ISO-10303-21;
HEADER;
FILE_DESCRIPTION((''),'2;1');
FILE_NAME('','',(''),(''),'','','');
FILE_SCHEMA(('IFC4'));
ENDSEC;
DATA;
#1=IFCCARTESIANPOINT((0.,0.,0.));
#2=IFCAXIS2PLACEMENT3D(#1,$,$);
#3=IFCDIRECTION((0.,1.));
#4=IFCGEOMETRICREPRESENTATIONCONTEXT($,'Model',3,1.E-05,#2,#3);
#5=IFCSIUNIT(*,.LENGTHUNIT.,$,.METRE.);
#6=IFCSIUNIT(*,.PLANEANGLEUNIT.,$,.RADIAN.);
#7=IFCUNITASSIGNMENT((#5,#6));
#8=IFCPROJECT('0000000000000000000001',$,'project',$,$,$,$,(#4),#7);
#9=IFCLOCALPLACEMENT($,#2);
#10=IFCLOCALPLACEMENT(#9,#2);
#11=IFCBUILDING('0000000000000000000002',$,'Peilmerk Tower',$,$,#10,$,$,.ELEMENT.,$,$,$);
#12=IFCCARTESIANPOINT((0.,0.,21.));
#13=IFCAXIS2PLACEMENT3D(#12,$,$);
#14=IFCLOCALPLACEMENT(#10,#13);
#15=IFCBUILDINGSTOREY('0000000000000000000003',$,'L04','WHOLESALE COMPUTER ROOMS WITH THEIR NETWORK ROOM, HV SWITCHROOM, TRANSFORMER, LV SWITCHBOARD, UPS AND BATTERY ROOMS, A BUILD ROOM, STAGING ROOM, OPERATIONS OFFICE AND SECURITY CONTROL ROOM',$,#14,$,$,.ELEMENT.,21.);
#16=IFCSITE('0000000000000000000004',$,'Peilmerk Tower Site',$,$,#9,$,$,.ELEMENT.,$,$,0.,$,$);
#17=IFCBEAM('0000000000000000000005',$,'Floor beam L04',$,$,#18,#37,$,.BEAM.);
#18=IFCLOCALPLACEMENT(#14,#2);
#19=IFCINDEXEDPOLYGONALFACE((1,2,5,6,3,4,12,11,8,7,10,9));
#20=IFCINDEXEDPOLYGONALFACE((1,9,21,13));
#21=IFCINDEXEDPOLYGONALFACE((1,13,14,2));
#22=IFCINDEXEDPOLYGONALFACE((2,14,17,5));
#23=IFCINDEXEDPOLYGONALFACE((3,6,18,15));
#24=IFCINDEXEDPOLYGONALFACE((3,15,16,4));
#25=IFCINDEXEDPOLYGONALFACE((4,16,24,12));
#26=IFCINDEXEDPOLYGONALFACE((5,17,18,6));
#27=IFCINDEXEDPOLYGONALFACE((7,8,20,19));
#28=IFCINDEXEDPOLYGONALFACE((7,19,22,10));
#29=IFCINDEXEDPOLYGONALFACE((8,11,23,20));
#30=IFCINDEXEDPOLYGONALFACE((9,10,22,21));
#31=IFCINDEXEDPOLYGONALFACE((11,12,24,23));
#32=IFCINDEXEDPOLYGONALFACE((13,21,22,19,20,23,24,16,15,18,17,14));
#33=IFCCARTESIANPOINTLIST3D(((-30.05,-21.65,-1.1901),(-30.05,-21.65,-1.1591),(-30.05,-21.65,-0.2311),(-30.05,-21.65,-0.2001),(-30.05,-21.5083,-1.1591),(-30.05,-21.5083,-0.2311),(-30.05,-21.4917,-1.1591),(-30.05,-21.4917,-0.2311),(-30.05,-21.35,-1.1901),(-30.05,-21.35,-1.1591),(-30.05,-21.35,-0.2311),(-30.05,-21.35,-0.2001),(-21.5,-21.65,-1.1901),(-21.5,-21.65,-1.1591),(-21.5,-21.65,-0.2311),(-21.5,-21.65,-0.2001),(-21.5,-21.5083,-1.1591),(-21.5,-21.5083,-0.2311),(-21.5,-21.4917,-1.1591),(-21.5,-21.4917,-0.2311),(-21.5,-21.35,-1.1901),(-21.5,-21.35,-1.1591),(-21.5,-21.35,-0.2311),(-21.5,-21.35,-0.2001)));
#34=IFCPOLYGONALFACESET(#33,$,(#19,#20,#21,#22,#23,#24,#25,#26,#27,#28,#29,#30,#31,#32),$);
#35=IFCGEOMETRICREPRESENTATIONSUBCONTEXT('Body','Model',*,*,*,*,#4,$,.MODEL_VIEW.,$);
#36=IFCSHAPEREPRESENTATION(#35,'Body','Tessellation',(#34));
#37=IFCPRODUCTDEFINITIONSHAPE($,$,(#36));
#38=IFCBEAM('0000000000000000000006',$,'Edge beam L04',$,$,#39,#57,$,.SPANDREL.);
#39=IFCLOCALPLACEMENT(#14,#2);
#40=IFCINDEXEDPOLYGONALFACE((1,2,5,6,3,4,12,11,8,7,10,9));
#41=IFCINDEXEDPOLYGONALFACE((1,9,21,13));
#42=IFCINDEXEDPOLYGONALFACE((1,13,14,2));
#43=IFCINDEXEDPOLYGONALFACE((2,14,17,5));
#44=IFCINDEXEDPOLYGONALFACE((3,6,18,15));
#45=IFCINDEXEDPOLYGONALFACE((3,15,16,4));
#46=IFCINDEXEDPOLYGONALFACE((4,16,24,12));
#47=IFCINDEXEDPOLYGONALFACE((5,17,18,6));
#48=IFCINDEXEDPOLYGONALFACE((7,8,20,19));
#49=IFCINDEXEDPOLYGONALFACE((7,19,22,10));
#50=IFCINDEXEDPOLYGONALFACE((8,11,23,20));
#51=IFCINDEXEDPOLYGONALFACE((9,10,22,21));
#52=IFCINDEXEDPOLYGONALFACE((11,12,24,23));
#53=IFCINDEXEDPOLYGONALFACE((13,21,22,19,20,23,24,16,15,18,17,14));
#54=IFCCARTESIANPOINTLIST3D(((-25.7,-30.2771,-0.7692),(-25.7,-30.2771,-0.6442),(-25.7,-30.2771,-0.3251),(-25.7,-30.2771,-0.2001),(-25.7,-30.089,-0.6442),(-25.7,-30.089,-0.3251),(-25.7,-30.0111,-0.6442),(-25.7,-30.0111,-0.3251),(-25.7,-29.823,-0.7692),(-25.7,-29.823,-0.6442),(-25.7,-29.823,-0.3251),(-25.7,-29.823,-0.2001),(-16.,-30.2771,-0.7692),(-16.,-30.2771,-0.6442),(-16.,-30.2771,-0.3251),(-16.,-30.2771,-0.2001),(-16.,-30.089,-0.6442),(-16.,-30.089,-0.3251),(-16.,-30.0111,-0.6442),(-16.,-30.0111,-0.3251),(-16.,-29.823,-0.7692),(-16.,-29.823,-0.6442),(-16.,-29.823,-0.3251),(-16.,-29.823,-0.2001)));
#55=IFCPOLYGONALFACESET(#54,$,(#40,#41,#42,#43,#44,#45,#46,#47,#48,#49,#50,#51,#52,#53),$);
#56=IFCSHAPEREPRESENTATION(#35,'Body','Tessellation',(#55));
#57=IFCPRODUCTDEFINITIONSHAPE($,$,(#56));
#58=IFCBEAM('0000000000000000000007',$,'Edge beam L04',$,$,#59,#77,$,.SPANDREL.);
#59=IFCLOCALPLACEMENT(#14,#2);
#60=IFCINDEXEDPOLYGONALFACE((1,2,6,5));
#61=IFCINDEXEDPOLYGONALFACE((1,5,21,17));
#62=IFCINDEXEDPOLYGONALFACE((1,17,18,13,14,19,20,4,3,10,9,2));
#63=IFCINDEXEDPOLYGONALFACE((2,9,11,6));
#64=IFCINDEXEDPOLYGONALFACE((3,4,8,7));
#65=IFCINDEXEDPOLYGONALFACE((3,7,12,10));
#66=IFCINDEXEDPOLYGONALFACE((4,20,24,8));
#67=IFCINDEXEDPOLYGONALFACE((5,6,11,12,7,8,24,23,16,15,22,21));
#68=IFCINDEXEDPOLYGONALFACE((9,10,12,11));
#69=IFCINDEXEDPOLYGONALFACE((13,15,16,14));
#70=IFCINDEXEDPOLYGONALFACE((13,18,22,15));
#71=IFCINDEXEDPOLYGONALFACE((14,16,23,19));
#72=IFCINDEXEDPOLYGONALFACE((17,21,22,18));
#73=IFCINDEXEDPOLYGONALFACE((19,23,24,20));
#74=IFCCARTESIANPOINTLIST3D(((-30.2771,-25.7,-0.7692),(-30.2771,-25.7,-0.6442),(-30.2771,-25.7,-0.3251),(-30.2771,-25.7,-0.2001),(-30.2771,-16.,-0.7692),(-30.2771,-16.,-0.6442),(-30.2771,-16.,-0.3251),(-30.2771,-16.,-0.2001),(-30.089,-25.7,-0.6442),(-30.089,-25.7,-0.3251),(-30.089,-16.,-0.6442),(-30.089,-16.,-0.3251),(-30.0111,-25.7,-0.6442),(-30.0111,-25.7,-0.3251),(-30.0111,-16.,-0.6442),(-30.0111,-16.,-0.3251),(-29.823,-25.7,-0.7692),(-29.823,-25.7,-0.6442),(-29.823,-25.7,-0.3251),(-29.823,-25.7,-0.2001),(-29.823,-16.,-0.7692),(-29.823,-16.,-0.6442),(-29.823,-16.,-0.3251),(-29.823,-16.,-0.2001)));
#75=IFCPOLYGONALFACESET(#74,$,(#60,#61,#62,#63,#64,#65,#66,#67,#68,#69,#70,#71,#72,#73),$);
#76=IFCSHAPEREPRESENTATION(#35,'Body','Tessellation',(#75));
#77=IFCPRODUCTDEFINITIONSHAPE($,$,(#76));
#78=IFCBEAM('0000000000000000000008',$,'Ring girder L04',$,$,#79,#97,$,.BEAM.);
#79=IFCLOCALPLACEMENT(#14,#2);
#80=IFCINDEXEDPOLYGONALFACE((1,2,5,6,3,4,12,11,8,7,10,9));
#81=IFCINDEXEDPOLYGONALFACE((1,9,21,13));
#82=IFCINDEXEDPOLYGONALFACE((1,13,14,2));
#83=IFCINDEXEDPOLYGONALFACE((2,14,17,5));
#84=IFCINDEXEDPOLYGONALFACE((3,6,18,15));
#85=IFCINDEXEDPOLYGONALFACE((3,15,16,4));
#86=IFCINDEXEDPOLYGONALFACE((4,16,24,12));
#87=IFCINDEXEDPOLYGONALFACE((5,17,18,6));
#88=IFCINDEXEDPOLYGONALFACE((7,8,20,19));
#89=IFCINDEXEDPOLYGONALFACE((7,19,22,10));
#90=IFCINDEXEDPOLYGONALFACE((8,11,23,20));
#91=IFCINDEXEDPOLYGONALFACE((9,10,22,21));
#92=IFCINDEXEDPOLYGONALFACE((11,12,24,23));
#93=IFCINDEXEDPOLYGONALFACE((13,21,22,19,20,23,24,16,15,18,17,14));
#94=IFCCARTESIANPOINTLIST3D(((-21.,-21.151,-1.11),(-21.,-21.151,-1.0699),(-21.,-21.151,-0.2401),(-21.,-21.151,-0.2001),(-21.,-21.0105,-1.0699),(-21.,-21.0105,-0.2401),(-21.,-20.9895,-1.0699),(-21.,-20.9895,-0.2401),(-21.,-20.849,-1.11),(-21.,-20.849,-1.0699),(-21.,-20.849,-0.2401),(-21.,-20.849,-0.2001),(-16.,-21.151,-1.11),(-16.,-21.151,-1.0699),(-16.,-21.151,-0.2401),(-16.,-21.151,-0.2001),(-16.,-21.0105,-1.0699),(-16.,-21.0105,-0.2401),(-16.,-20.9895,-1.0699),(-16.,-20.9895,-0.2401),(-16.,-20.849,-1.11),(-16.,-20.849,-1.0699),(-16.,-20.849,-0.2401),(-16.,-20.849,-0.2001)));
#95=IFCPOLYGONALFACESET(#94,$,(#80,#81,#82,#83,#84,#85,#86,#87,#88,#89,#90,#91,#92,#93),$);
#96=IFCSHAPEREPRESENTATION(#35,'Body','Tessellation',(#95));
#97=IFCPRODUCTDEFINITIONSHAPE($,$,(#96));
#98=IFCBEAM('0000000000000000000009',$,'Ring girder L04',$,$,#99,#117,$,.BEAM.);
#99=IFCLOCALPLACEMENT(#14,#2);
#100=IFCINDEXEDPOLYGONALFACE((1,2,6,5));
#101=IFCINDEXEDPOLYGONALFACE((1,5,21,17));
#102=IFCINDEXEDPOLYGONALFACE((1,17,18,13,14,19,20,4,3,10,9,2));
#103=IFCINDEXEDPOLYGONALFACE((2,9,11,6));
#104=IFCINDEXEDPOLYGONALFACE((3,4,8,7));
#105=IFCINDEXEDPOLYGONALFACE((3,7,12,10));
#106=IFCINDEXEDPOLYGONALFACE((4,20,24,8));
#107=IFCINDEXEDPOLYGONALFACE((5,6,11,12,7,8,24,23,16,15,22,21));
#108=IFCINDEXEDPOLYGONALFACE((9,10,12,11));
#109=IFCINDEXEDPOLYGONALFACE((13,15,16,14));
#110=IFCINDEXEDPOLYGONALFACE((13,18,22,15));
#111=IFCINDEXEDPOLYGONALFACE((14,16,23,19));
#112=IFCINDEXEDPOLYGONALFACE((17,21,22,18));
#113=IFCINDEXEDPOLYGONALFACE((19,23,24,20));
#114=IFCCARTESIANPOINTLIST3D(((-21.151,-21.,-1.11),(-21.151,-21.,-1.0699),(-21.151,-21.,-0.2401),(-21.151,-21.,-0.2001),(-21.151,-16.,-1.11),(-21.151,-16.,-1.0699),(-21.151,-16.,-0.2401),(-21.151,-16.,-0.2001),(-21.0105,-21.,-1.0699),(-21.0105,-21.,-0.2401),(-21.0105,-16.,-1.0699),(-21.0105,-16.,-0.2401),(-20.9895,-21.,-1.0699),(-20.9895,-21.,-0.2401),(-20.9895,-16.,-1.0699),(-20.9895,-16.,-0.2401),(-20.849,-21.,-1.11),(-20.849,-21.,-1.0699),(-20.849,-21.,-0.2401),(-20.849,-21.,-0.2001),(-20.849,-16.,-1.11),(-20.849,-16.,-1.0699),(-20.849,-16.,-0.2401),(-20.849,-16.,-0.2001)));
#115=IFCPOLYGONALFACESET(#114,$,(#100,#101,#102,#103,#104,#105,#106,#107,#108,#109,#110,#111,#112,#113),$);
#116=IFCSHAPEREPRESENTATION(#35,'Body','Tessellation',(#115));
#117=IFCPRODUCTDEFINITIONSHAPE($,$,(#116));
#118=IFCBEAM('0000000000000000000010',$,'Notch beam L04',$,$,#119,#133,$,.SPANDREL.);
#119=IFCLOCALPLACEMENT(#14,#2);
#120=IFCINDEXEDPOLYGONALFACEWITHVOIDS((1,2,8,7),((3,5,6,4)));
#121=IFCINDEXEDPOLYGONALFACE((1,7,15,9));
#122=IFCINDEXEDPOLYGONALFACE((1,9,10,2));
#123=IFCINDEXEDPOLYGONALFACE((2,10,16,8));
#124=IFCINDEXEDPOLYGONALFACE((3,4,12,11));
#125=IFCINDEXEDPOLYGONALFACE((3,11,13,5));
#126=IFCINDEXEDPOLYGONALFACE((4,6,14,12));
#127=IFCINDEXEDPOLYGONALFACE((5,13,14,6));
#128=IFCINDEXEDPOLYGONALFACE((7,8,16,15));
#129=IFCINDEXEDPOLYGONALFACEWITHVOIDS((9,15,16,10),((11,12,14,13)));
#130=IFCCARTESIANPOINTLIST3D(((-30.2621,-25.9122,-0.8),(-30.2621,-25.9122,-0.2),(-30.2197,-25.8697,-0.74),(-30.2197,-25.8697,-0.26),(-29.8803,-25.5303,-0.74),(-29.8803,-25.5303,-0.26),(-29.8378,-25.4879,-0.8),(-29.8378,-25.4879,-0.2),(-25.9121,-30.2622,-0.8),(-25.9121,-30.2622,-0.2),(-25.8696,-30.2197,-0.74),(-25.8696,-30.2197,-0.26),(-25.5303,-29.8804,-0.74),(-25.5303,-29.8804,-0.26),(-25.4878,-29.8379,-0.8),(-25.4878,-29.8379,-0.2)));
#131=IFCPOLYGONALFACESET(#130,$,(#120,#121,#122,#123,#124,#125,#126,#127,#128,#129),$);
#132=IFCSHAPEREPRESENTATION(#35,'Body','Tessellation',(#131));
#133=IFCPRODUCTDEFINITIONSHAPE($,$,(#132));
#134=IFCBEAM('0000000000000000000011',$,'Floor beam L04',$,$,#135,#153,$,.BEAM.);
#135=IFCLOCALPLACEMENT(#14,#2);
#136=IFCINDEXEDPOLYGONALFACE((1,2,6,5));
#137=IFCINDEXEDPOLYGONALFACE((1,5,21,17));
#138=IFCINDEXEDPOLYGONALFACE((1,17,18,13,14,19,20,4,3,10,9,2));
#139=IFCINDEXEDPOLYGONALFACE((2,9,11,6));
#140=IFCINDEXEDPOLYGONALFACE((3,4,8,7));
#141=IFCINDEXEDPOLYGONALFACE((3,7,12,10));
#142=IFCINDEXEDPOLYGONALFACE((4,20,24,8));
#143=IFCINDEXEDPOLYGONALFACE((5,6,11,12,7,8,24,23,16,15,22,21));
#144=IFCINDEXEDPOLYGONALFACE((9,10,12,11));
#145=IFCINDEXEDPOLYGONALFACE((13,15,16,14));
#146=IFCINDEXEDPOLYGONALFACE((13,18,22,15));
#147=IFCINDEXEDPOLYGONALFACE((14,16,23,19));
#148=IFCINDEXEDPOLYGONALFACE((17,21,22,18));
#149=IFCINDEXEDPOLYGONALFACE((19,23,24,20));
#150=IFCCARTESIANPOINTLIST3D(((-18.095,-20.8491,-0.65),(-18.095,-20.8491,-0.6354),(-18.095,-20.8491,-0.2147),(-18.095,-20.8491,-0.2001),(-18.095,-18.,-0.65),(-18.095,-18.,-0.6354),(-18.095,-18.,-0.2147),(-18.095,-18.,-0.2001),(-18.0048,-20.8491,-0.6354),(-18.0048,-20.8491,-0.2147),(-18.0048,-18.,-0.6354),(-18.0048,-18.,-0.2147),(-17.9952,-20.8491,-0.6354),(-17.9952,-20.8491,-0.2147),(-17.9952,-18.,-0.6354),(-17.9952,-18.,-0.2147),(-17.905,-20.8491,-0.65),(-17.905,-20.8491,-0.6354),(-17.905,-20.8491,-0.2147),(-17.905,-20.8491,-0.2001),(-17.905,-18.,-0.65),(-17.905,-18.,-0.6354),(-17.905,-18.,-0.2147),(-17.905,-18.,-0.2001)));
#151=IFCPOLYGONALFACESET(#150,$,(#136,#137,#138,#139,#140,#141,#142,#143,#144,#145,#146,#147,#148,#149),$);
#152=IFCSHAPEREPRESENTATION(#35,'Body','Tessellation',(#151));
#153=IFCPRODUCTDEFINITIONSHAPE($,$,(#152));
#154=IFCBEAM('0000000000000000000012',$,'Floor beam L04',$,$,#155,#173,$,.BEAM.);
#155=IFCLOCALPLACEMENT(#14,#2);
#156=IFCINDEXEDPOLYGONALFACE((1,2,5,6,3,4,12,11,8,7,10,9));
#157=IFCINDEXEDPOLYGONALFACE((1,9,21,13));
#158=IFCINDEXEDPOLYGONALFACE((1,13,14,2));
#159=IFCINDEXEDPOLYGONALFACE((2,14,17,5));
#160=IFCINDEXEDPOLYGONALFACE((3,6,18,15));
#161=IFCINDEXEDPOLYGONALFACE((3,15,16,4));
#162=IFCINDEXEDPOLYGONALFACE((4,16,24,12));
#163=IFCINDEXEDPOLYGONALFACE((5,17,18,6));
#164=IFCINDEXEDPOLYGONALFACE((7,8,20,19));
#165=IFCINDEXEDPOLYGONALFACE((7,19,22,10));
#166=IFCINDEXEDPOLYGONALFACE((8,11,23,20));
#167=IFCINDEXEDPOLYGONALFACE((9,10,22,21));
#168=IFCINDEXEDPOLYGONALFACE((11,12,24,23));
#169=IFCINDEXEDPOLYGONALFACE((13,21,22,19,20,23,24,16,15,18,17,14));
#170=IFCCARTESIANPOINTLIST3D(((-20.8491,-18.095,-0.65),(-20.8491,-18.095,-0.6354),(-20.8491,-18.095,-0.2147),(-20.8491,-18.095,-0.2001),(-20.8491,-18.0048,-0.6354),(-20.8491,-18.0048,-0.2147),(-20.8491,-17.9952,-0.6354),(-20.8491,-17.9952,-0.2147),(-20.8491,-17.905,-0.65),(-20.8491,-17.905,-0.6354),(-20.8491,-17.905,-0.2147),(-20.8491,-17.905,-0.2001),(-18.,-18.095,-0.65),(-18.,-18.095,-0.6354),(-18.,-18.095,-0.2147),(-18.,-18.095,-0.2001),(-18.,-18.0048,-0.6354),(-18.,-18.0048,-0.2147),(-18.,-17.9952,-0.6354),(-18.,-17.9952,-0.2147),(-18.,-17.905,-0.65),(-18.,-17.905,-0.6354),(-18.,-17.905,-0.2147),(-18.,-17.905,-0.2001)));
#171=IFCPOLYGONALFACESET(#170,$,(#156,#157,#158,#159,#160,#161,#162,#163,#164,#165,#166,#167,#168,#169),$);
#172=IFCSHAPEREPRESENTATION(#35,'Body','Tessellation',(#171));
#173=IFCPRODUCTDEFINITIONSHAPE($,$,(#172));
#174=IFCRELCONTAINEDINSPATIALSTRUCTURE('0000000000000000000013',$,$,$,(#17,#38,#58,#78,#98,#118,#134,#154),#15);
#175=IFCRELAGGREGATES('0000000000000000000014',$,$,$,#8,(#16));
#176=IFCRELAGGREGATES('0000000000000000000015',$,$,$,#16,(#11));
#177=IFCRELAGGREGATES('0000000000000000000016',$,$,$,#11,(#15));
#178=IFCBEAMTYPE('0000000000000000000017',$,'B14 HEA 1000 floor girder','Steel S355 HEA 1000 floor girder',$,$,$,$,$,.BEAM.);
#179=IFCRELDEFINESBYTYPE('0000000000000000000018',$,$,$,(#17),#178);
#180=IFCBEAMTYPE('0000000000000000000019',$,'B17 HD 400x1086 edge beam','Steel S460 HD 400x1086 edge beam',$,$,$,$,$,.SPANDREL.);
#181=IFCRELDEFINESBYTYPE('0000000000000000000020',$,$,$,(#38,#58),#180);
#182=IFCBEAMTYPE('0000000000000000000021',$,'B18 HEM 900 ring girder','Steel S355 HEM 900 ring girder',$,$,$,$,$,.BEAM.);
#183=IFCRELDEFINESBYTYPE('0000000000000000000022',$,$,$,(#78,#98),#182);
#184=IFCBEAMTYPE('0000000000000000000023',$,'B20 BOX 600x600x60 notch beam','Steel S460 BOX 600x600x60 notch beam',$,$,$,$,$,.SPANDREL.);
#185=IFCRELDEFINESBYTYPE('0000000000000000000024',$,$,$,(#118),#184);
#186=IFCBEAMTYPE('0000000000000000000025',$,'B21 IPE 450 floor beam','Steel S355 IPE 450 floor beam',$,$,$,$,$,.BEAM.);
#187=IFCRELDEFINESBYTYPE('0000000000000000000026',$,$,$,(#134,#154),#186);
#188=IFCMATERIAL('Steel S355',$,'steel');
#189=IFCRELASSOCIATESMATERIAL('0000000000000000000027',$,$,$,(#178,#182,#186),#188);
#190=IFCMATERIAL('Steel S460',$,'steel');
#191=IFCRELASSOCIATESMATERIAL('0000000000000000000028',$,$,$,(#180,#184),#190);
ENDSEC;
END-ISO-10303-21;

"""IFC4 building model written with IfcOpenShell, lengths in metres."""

from ifc_helpers import new_model, si_unit, direction, frame, origin, origin_2d, place, context, subcontext, project, spatial, hollow_rectangle, i_section, extrude, material, material_profile, profile_set, type_object, element, save


model = new_model("IFC4")

# Units and contexts
model_context = context("Model", 3, precision=1e-05, world=origin(), true_north=direction((0.0, 1.0)))
body_context = subcontext(model_context, "Body", "Model", "MODEL_VIEW")
ifc_project = project(units=[si_unit("LENGTHUNIT", "METRE"), si_unit("PLANEANGLEUNIT", "RADIAN")], contexts=[model_context])

# Site, building, storey
site_placement = place(None, origin())
site = spatial("IfcSite", under=ifc_project, at=site_placement, Name="Peilmerk Tower Site", CompositionType="ELEMENT", RefElevation=0.0)
building_placement = place(site_placement, origin())
building = spatial("IfcBuilding", under=site, at=building_placement, Name="Peilmerk Tower", CompositionType="ELEMENT")
storey_placement = place(building_placement, frame((0.0, 0.0, 21.0)))
storey = spatial("IfcBuildingStorey", under=building, at=storey_placement, Name="L04", Description="WHOLESALE COMPUTER ROOMS WITH THEIR NETWORK ROOM, HV SWITCHROOM, TRANSFORMER, LV SWITCHBOARD, UPS AND BATTERY ROOMS, A BUILD ROOM, STAGING ROOM, OPERATIONS OFFICE AND SECURITY CONTROL ROOM", CompositionType="ELEMENT", Elevation=21.0)

# Beams
ifc_material_1 = material(Name="Steel S355", Category="steel")
ifc_material_profile_1 = material_profile(ifc_material_1, i_section(OverallWidth=0.3, OverallDepth=0.99, WebThickness=0.0166, FlangeThickness=0.031, at=origin_2d()), Name="HEA 1000")
ifc_profile_set_1 = profile_set([ifc_material_profile_1], Name="Steel S355")
beam_type_1 = type_object("IfcBeamType", Name="B14 HEA 1000 floor girder", Description="Steel S355 HEA 1000 floor girder", PredefinedType="BEAM", material=ifc_profile_set_1)
for number, where, z_axis, x_axis, name in (
    (1, (-21.5, -21.5, -0.6951), (-1.0, 0.0, 0.0), (0.0, -1.0, 0.0), "Floor beam L04"),
):
    element("IfcBeam", number, at=place(storey_placement, frame(where, z_axis=z_axis, x_axis=x_axis)), inside=storey, type_object=beam_type_1, Name=name, PredefinedType="BEAM", context=body_context, shape_type="SweptSolid", body=[
        extrude(i_section(OverallWidth=0.3, OverallDepth=0.99, WebThickness=0.0166, FlangeThickness=0.031, at=origin_2d()), origin(), (0.0, 0.0, 1.0), 8.55),
    ])
ifc_material_2 = material(Name="Steel S460", Category="steel")
ifc_material_profile_2 = material_profile(ifc_material_2, i_section(OverallWidth=0.4541, OverallDepth=0.5691, WebThickness=0.0779, FlangeThickness=0.125, at=origin_2d()), Name="HD 400x1086")
ifc_profile_set_2 = profile_set([ifc_material_profile_2], Name="Steel S460")
beam_type_2 = type_object("IfcBeamType", Name="B17 HD 400x1086 edge beam", Description="Steel S460 HD 400x1086 edge beam", PredefinedType="SPANDREL", material=ifc_profile_set_2)
for number, where, z_axis, x_axis, name in (
    (2, (-25.7, -30.05, -0.4846), (1.0, 0.0, 0.0), (0.0, 1.0, 0.0), "Edge beam L04"),
    (3, (-30.05, -16.0, -0.4846), (0.0, -1.0, 0.0), (1.0, 0.0, 0.0), "Edge beam L04"),
):
    element("IfcBeam", number, at=place(storey_placement, frame(where, z_axis=z_axis, x_axis=x_axis)), inside=storey, type_object=beam_type_2, Name=name, PredefinedType="SPANDREL", context=body_context, shape_type="SweptSolid", body=[
        extrude(i_section(OverallWidth=0.4541, OverallDepth=0.5691, WebThickness=0.0779, FlangeThickness=0.125, at=origin_2d()), origin(), (0.0, 0.0, 1.0), 9.7),
    ])
ifc_material_profile_3 = material_profile(ifc_material_1, i_section(OverallWidth=0.302, OverallDepth=0.9099, WebThickness=0.021, FlangeThickness=0.04, at=origin_2d()), Name="HEM 900")
ifc_profile_set_3 = profile_set([ifc_material_profile_3], Name="Steel S355")
beam_type_3 = type_object("IfcBeamType", Name="B18 HEM 900 ring girder", Description="Steel S355 HEM 900 ring girder", PredefinedType="BEAM", material=ifc_profile_set_3)
for number, where, z_axis, x_axis, name in (
    (4, (-21.0, -21.0, -0.655), (1.0, 0.0, 0.0), (0.0, 1.0, 0.0), "Ring girder L04"),
    (5, (-21.0, -16.0, -0.655), (0.0, -1.0, 0.0), (1.0, 0.0, 0.0), "Ring girder L04"),
):
    element("IfcBeam", number, at=place(storey_placement, frame(where, z_axis=z_axis, x_axis=x_axis)), inside=storey, type_object=beam_type_3, Name=name, PredefinedType="BEAM", context=body_context, shape_type="SweptSolid", body=[
        extrude(i_section(OverallWidth=0.302, OverallDepth=0.9099, WebThickness=0.021, FlangeThickness=0.04, at=origin_2d()), origin(), (0.0, 0.0, 1.0), 5.0),
    ])
ifc_material_profile_4 = material_profile(ifc_material_2, hollow_rectangle(XDim=0.6001, YDim=0.6001, WallThickness=0.0601, at=origin_2d()), Name="BOX 600x600x60")
ifc_profile_set_4 = profile_set([ifc_material_profile_4], Name="Steel S460")
beam_type_4 = type_object("IfcBeamType", Name="B20 BOX 600x600x60 notch beam", Description="Steel S460 BOX 600x600x60 notch beam", PredefinedType="SPANDREL", material=ifc_profile_set_4)
beam_1_placement = place(storey_placement, frame((-25.7, -30.05, -0.5), z_axis=(-0.707107, 0.707107, 0.0), x_axis=(-0.707107, -0.707107, 0.0)))
element("IfcBeam", 6, at=beam_1_placement, inside=storey, type_object=beam_type_4, Name="Notch beam L04", PredefinedType="SPANDREL", context=body_context, shape_type="SweptSolid", body=[
    extrude(hollow_rectangle(XDim=0.6001, YDim=0.6001, WallThickness=0.0601, at=origin_2d()), origin(), (0.0, 0.0, 1.0), 6.1519),
])
ifc_material_profile_5 = material_profile(ifc_material_1, i_section(OverallWidth=0.1899, OverallDepth=0.45, WebThickness=0.0095, FlangeThickness=0.0146, at=origin_2d()), Name="IPE 450")
ifc_profile_set_5 = profile_set([ifc_material_profile_5], Name="Steel S355")
beam_type_5 = type_object("IfcBeamType", Name="B21 IPE 450 floor beam", Description="Steel S355 IPE 450 floor beam", PredefinedType="BEAM", material=ifc_profile_set_5)
for number, where, z_axis, x_axis, name in (
    (7, (-18.0, -18.0, -0.425), (0.0, -1.0, 0.0), (1.0, 0.0, 0.0), "Floor beam L04"),
    (8, (-18.0, -18.0, -0.425), (-1.0, 0.0, 0.0), (0.0, -1.0, 0.0), "Floor beam L04"),
):
    element("IfcBeam", number, at=place(storey_placement, frame(where, z_axis=z_axis, x_axis=x_axis)), inside=storey, type_object=beam_type_5, Name=name, PredefinedType="BEAM", context=body_context, shape_type="SweptSolid", body=[
        extrude(i_section(OverallWidth=0.1899, OverallDepth=0.45, WebThickness=0.0095, FlangeThickness=0.0146, at=origin_2d()), origin(), (0.0, 0.0, 1.0), 2.8491),
    ])

save(model, "model.ifc")
